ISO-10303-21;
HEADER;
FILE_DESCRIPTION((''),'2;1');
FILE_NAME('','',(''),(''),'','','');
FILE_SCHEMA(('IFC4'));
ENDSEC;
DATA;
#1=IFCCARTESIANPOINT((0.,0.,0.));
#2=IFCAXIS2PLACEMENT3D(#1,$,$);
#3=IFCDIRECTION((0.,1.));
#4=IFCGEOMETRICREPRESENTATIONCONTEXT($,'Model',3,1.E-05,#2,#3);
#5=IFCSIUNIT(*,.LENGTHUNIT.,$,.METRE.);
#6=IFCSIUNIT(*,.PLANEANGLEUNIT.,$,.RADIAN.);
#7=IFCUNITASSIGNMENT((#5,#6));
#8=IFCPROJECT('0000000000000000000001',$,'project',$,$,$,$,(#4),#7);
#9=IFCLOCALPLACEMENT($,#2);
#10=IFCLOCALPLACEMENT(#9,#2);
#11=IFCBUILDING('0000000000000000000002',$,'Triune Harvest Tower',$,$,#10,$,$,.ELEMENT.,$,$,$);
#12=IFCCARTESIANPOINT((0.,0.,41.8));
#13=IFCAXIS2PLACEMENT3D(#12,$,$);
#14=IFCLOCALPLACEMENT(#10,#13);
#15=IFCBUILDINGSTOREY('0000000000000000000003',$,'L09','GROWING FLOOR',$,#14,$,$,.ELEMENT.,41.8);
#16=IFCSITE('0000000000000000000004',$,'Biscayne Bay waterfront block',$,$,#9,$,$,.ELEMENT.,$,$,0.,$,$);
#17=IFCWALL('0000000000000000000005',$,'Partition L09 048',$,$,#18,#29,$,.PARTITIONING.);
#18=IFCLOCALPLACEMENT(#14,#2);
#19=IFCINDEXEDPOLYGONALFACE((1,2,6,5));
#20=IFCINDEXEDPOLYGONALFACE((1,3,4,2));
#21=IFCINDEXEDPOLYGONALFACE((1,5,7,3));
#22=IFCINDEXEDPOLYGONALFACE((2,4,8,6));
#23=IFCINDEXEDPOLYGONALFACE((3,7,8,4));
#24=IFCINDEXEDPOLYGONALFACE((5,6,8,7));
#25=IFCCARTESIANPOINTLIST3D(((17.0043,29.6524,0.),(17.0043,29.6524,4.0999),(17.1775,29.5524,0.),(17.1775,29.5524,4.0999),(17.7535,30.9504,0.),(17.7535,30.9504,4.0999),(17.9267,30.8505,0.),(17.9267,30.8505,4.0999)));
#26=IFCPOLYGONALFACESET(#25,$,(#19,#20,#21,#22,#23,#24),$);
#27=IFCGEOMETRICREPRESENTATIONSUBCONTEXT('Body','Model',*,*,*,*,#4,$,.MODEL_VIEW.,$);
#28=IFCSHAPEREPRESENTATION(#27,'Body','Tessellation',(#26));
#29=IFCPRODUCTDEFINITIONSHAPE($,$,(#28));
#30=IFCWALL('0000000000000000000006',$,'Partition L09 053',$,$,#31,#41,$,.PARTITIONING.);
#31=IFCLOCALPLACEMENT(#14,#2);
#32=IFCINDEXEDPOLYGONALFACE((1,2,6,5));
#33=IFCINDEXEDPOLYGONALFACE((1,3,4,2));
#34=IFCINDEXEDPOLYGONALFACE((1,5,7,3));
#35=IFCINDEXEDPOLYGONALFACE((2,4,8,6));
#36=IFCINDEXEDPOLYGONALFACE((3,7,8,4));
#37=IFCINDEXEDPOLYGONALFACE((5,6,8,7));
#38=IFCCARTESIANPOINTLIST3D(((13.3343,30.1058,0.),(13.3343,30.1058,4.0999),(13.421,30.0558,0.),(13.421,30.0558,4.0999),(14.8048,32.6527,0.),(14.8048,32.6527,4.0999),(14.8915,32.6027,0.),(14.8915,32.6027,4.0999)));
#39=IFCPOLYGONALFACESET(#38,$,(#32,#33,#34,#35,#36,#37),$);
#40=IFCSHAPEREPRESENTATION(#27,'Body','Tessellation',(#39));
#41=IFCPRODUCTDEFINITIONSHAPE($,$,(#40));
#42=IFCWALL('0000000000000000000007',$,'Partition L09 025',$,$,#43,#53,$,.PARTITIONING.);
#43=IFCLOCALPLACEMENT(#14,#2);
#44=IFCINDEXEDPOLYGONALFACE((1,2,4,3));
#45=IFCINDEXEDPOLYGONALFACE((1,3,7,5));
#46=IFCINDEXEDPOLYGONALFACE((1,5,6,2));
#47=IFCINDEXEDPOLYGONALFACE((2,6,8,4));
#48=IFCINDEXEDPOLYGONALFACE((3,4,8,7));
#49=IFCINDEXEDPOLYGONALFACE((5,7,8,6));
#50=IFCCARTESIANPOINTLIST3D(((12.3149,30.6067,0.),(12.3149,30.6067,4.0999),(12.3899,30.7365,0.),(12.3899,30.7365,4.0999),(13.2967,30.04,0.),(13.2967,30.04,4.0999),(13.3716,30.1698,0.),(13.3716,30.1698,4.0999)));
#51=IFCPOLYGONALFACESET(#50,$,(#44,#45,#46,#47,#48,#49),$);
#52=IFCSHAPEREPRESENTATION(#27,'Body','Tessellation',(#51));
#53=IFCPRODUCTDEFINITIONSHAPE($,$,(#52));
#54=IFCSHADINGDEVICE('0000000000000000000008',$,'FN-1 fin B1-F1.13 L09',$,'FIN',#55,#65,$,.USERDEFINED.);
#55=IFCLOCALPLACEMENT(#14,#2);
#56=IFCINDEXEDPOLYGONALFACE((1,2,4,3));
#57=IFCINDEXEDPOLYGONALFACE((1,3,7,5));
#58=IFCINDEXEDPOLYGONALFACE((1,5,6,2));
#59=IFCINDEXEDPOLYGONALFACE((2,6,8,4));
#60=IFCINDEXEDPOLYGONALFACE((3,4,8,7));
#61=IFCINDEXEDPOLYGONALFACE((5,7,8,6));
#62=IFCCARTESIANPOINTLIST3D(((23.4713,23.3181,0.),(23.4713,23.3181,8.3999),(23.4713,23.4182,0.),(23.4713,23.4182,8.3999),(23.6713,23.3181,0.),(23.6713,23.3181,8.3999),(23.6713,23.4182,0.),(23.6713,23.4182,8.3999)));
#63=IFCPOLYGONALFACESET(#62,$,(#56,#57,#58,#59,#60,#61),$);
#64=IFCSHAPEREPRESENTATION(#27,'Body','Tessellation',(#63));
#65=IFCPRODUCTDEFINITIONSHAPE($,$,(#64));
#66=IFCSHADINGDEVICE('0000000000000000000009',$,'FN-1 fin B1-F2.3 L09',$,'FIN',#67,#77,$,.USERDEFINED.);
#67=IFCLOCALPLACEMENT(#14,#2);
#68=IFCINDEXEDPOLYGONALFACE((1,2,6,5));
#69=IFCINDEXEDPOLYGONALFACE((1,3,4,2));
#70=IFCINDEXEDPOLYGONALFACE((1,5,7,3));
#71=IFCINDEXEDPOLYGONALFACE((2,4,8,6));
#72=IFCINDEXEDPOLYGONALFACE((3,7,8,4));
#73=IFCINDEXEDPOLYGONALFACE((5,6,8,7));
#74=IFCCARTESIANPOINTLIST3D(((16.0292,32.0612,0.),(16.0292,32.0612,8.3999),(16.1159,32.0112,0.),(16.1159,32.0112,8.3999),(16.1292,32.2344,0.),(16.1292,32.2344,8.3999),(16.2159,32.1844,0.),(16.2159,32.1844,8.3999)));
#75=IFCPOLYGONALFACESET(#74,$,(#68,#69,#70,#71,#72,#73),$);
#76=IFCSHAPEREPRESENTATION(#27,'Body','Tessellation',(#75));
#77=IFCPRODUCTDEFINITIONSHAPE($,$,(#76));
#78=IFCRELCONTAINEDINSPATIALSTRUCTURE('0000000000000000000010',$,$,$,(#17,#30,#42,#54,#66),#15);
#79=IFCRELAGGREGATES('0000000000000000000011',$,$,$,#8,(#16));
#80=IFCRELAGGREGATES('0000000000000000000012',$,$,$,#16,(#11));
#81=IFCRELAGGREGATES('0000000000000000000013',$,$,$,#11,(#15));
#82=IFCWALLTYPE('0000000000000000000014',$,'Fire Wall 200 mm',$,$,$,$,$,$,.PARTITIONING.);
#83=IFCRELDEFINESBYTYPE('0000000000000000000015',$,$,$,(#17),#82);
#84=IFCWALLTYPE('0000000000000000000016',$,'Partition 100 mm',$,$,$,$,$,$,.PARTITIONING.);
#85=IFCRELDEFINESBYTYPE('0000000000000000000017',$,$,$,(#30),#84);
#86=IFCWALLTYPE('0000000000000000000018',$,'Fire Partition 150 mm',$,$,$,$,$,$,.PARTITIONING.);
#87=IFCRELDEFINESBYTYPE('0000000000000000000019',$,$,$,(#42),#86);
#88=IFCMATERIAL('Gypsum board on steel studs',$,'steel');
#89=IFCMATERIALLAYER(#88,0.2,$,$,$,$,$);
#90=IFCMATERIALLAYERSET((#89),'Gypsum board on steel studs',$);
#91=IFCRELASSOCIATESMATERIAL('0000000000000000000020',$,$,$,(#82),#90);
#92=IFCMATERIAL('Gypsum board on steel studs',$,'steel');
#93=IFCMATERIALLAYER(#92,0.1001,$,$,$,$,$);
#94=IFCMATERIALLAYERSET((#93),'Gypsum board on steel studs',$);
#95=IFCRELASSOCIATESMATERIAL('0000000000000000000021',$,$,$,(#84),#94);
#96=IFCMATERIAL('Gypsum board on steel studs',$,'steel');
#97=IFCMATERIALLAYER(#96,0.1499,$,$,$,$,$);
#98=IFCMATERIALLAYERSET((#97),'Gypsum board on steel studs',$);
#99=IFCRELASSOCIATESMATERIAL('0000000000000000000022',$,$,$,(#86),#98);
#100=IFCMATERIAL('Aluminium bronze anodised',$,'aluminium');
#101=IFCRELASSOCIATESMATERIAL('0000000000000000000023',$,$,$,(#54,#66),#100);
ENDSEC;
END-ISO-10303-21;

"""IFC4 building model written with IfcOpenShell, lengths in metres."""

from ifc_helpers import new_model, si_unit, direction, frame, frame_2d, origin, origin_2d, place, context, subcontext, project, spatial, rectangle, extrude, source, transform, mapped, material, layer, layer_set, type_object, element, save


model = new_model("IFC4")

# Units and contexts
model_context = context("Model", 3, precision=1e-05, world=origin(), true_north=direction((0.0, 1.0)))
body_context = subcontext(model_context, "Body", "Model", "MODEL_VIEW")
ifc_project = project(units=[si_unit("LENGTHUNIT", "METRE"), si_unit("PLANEANGLEUNIT", "RADIAN")], contexts=[model_context])

# Site, building, storey
site_placement = place(None, origin())
site = spatial("IfcSite", under=ifc_project, at=site_placement, Name="Biscayne Bay waterfront block", CompositionType="ELEMENT", RefElevation=0.0)
building_placement = place(site_placement, origin())
building = spatial("IfcBuilding", under=site, at=building_placement, Name="Triune Harvest Tower", CompositionType="ELEMENT")
storey_placement = place(building_placement, frame((0.0, 0.0, 41.8)))
storey = spatial("IfcBuildingStorey", under=building, at=storey_placement, Name="L09", Description="GROWING FLOOR", CompositionType="ELEMENT", Elevation=41.8)

# Walls
ifc_material_1 = material(Name="Gypsum board on steel studs", Category="steel")
ifc_layer_1 = layer(ifc_material_1, 0.2)
ifc_layer_set_1 = layer_set([ifc_layer_1], Name="Gypsum board on steel studs")
wall_type_1 = type_object("IfcWallType", Name="Fire Wall 200 mm", PredefinedType="PARTITIONING", material=ifc_layer_set_1)
shared_shape_1 = source(origin(), body_context, "Body", "SweptSolid", [
    extrude(rectangle(XDim=1.4988, YDim=0.2, at=frame_2d((0.7495, 0.0))), origin(), (0.0, 0.0, 1.0), 4.0999),
])
wall_1_placement = place(storey_placement, frame((17.0908, 29.6023, 0.0), z_axis=(0.0, 0.0, 1.0), x_axis=(0.499906, 0.86608, 0.0)))
element("IfcWall", 1, at=wall_1_placement, inside=storey, type_object=wall_type_1, Name="Partition L09 048", PredefinedType="PARTITIONING", context=body_context, shape_type="MappedRepresentation", body=[
    mapped(shared_shape_1, transform((0.0, 0.0, 0.0), scale=1.0)),
])
ifc_material_2 = material(Name="Gypsum board on steel studs", Category="steel")
ifc_layer_2 = layer(ifc_material_2, 0.1001)
ifc_layer_set_2 = layer_set([ifc_layer_2], Name="Gypsum board on steel studs")
wall_type_2 = type_object("IfcWallType", Name="Partition 100 mm", PredefinedType="PARTITIONING", material=ifc_layer_set_2)
shared_shape_2 = source(origin(), body_context, "Body", "SweptSolid", [
    extrude(rectangle(XDim=2.9409, YDim=0.1001, at=frame_2d((1.4705, 0.0))), origin(), (0.0, 0.0, 1.0), 4.0999),
])
wall_2_placement = place(storey_placement, frame((13.3777, 30.0808, 0.0), z_axis=(0.0, 0.0, 1.0), x_axis=(0.500005, 0.866022, 0.0)))
element("IfcWall", 2, at=wall_2_placement, inside=storey, type_object=wall_type_2, Name="Partition L09 053", PredefinedType="PARTITIONING", context=body_context, shape_type="MappedRepresentation", body=[
    mapped(shared_shape_2, transform((0.0, 0.0, 0.0), scale=1.0)),
])
ifc_material_3 = material(Name="Gypsum board on steel studs", Category="steel")
ifc_layer_3 = layer(ifc_material_3, 0.1499)
ifc_layer_set_3 = layer_set([ifc_layer_3], Name="Gypsum board on steel studs")
wall_type_3 = type_object("IfcWallType", Name="Fire Partition 150 mm", PredefinedType="PARTITIONING", material=ifc_layer_set_3)
shared_shape_3 = source(origin(), body_context, "Body", "SweptSolid", [
    extrude(rectangle(XDim=1.1335, YDim=0.1499, at=frame_2d((0.5669, 0.0))), origin(), (0.0, 0.0, 1.0), 4.0999),
])
wall_3_placement = place(storey_placement, frame((12.3523, 30.6716, 0.0), z_axis=(0.0, 0.0, 1.0), x_axis=(0.866074, -0.499915, 0.0)))
element("IfcWall", 3, at=wall_3_placement, inside=storey, type_object=wall_type_3, Name="Partition L09 025", PredefinedType="PARTITIONING", context=body_context, shape_type="MappedRepresentation", body=[
    mapped(shared_shape_3, transform((0.0, 0.0, 0.0), scale=1.0)),
])

# Shading devices
ifc_material_4 = material(Name="Aluminium bronze anodised", Category="aluminium")
shared_shape_4 = source(origin(), body_context, "Body", "SweptSolid", [
    extrude(rectangle(XDim=0.1001, YDim=0.2, at=origin_2d()), origin(), (0.0, 0.0, 1.0), 8.3999),
])
for number, where, z_axis, x_axis, name in (
    (4, (23.5713, 23.3682, 0.0), (0.0, 0.0, 1.0), (0.0, 1.0, 0.0), "FN-1 fin B1-F1.13 L09"),
    (5, (16.1226, 32.1228, 0.0), (0.0, 0.0, 1.0), (-0.866026, 0.499999, 0.0), "FN-1 fin B1-F2.3 L09"),
):
    element("IfcShadingDevice", number, at=place(storey_placement, frame(where, z_axis=z_axis, x_axis=x_axis)), inside=storey, material=ifc_material_4, Name=name, ObjectType="FIN", PredefinedType="USERDEFINED", context=body_context, shape_type="MappedRepresentation", body=[
        mapped(shared_shape_4, transform((0.0, 0.0, 0.0), scale=1.0)),
    ])

save(model, "model.ifc")
